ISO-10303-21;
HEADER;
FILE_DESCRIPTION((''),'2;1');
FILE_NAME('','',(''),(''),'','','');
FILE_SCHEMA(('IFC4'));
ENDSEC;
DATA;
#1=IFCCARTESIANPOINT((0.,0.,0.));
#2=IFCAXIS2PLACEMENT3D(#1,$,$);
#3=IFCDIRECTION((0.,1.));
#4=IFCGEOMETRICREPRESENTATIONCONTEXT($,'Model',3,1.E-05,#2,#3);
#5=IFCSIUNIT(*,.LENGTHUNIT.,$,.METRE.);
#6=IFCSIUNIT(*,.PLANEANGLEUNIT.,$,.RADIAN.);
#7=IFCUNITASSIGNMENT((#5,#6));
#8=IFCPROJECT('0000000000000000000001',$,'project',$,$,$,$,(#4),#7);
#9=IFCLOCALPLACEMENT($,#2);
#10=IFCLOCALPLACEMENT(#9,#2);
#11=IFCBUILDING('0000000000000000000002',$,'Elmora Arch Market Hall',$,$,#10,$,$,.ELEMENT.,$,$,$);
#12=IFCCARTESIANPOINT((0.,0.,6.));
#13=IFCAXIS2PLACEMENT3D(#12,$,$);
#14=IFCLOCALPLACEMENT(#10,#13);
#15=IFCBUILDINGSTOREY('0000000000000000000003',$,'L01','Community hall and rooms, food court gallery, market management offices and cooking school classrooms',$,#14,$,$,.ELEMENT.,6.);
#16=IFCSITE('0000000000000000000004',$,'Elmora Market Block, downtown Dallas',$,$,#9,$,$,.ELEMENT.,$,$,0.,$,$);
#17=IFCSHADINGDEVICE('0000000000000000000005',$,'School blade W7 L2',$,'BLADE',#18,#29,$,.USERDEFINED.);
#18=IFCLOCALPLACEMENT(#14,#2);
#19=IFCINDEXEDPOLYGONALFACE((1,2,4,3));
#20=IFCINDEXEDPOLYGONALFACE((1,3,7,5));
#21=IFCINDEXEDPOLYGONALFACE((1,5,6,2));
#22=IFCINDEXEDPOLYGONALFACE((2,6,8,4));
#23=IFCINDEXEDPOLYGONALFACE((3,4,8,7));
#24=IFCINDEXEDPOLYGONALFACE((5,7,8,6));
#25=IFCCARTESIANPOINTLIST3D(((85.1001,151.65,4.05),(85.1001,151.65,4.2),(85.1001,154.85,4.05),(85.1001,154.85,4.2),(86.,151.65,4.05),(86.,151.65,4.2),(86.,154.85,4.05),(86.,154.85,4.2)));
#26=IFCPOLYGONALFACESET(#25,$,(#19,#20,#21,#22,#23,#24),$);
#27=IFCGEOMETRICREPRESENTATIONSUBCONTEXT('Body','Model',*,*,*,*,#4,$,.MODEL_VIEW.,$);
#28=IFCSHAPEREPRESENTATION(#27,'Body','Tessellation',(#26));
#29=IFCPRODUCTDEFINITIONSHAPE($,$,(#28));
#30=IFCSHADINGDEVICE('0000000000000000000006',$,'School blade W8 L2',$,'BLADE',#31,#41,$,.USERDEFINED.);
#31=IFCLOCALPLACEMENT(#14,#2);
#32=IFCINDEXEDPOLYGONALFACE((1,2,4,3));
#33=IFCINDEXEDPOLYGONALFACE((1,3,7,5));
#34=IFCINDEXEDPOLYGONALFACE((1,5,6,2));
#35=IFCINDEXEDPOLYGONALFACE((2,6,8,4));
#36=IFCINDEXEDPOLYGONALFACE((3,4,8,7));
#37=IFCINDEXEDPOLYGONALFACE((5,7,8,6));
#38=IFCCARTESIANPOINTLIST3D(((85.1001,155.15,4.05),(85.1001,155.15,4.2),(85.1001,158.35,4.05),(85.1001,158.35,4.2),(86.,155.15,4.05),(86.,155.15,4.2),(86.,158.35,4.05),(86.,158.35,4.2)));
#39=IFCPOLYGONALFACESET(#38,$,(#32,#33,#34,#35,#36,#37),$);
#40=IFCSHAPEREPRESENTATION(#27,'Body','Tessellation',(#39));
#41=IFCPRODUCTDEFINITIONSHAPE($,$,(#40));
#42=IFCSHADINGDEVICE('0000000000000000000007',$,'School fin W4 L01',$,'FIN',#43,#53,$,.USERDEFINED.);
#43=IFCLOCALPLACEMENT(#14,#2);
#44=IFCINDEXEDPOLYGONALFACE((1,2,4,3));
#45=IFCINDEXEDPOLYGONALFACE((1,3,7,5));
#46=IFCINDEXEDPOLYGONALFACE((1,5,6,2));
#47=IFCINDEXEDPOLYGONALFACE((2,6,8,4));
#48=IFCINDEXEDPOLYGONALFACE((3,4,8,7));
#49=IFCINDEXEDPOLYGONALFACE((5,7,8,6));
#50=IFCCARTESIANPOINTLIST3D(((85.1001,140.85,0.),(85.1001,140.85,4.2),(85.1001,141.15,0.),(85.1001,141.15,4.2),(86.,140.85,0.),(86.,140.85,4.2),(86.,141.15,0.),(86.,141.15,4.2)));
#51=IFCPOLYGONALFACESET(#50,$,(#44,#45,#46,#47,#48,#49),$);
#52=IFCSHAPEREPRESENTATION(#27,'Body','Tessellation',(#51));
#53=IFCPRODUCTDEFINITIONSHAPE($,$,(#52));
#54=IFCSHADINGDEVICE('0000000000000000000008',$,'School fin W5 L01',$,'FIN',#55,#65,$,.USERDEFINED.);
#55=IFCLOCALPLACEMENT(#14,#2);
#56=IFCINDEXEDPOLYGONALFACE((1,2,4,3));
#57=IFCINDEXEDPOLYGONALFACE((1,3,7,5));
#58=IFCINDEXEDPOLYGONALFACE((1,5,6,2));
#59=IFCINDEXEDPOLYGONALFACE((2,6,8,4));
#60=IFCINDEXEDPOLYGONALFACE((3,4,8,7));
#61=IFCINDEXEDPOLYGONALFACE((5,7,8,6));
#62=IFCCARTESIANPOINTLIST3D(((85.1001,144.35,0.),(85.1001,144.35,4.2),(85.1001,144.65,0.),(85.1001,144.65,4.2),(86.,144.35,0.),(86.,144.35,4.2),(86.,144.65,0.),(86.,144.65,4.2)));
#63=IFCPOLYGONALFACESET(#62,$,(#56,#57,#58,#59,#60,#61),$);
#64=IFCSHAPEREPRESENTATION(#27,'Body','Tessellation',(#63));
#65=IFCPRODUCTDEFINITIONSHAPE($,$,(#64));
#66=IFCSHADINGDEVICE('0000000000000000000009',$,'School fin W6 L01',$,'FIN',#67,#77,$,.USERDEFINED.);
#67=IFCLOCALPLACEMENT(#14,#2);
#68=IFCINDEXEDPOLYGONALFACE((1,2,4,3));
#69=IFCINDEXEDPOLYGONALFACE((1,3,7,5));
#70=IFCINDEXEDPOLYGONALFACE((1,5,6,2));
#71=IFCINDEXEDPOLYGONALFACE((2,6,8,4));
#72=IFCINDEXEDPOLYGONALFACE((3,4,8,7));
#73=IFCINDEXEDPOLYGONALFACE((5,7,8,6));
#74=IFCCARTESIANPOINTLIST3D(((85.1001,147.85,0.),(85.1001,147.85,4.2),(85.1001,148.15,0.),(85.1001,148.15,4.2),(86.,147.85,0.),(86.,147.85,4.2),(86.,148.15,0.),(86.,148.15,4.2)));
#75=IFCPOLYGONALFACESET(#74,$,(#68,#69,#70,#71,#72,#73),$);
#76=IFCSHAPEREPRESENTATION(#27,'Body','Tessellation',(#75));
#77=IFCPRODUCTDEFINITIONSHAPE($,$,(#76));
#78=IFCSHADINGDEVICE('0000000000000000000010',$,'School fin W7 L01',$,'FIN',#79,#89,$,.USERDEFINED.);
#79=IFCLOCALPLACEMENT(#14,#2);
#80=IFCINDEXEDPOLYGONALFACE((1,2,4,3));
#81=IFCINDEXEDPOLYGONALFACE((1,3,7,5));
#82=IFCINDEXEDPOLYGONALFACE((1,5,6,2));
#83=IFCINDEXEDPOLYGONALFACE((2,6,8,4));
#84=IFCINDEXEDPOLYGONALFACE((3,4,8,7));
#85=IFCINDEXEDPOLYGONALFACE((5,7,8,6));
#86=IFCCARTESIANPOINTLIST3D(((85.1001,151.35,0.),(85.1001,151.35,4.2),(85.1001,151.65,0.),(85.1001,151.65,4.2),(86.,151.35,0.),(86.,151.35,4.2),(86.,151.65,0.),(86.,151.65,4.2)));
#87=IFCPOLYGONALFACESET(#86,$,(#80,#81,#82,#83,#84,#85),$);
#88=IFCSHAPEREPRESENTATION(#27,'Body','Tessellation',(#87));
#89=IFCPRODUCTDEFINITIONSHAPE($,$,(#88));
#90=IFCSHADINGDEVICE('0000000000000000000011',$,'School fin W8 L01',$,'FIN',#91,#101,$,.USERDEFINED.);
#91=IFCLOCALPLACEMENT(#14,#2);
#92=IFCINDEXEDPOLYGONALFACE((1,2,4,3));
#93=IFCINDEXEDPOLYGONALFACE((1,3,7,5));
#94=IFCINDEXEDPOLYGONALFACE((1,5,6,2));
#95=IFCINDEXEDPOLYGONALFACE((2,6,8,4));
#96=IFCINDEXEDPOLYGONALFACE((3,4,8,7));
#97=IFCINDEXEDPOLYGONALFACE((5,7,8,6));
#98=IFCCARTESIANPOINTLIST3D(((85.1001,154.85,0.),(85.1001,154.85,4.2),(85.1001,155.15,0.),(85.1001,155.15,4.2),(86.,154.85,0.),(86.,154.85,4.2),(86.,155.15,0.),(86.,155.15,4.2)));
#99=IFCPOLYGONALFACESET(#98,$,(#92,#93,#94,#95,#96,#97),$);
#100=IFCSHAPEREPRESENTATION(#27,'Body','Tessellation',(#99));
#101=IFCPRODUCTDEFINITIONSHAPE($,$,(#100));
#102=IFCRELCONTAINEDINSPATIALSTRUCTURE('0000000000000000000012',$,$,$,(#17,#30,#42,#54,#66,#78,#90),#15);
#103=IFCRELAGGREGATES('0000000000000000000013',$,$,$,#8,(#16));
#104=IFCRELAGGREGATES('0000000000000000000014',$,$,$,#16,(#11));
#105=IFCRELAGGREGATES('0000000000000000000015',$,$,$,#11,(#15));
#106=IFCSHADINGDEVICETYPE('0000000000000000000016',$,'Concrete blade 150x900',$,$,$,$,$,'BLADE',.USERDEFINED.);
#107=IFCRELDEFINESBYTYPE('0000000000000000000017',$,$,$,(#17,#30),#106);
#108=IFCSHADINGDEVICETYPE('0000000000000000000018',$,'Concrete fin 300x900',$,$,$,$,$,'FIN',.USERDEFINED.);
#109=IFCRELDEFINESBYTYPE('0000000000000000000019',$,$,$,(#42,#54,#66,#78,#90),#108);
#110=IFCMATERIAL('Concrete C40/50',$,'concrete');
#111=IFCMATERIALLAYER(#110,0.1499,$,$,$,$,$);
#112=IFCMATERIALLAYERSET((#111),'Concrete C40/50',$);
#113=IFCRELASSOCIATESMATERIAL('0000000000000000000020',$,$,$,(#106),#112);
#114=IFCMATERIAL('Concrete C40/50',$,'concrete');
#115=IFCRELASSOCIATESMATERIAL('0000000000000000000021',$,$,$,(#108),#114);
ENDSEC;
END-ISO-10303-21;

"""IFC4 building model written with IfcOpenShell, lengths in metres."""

from ifc_helpers import new_model, si_unit, direction, frame, origin, origin_2d, place, context, subcontext, project, spatial, rectangle, extrude, material, layer, layer_set, type_object, element, save


model = new_model("IFC4")

# Units and contexts
model_context = context("Model", 3, precision=1e-05, world=origin(), true_north=direction((0.0, 1.0)))
body_context = subcontext(model_context, "Body", "Model", "MODEL_VIEW")
ifc_project = project(units=[si_unit("LENGTHUNIT", "METRE"), si_unit("PLANEANGLEUNIT", "RADIAN")], contexts=[model_context])

# Site, building, storey
site_placement = place(None, origin())
site = spatial("IfcSite", under=ifc_project, at=site_placement, Name="Elmora Market Block, downtown Dallas", CompositionType="ELEMENT", RefElevation=0.0)
building_placement = place(site_placement, origin())
building = spatial("IfcBuilding", under=site, at=building_placement, Name="Elmora Arch Market Hall", CompositionType="ELEMENT")
storey_placement = place(building_placement, frame((0.0, 0.0, 6.0)))
storey = spatial("IfcBuildingStorey", under=building, at=storey_placement, Name="L01", Description="Community hall and rooms, food court gallery, market management offices and cooking school classrooms", CompositionType="ELEMENT", Elevation=6.0)

# Shading devices
ifc_material_1 = material(Name="Concrete C40/50", Category="concrete")
ifc_layer_1 = layer(ifc_material_1, 0.1499)
ifc_layer_set_1 = layer_set([ifc_layer_1], Name="Concrete C40/50")
shading_device_type_1 = type_object("IfcShadingDeviceType", Name="Concrete blade 150x900", ElementType="BLADE", PredefinedType="USERDEFINED", material=ifc_layer_set_1)
for number, where, z_axis, x_axis, name in (
    (1, (85.55, 153.25, 4.05), (0.0, 0.0, 1.0), (1.0, 0.0, 0.0), "School blade W7 L2"),
    (2, (85.55, 156.75, 4.05), (0.0, 0.0, 1.0), (1.0, 0.0, 0.0), "School blade W8 L2"),
):
    element("IfcShadingDevice", number, at=place(storey_placement, frame(where, z_axis=z_axis, x_axis=x_axis)), inside=storey, type_object=shading_device_type_1, Name=name, ObjectType="BLADE", PredefinedType="USERDEFINED", context=body_context, shape_type="SweptSolid", body=[
        extrude(rectangle(XDim=0.8999, YDim=3.2, at=origin_2d()), origin(), (0.0, 0.0, 1.0), 0.1499),
    ])
ifc_material_2 = material(Name="Concrete C40/50", Category="concrete")
shading_device_type_2 = type_object("IfcShadingDeviceType", Name="Concrete fin 300x900", ElementType="FIN", PredefinedType="USERDEFINED", material=ifc_material_2)
for number, where, z_axis, x_axis, name in (
    (3, (85.55, 141.0, 0.0), (0.0, 0.0, 1.0), (1.0, 0.0, 0.0), "School fin W4 L01"),
    (4, (85.55, 144.5, 0.0), (0.0, 0.0, 1.0), (1.0, 0.0, 0.0), "School fin W5 L01"),
    (5, (85.55, 148.0, 0.0), (0.0, 0.0, 1.0), (1.0, 0.0, 0.0), "School fin W6 L01"),
    (6, (85.55, 151.5, 0.0), (0.0, 0.0, 1.0), (1.0, 0.0, 0.0), "School fin W7 L01"),
    (7, (85.55, 155.0, 0.0), (0.0, 0.0, 1.0), (1.0, 0.0, 0.0), "School fin W8 L01"),
):
    element("IfcShadingDevice", number, at=place(storey_placement, frame(where, z_axis=z_axis, x_axis=x_axis)), inside=storey, type_object=shading_device_type_2, Name=name, ObjectType="FIN", PredefinedType="USERDEFINED", context=body_context, shape_type="SweptSolid", body=[
        extrude(rectangle(XDim=0.8999, YDim=0.3, at=origin_2d()), origin(), (0.0, 0.0, 1.0), 4.2),
    ])

save(model, "model.ifc")
